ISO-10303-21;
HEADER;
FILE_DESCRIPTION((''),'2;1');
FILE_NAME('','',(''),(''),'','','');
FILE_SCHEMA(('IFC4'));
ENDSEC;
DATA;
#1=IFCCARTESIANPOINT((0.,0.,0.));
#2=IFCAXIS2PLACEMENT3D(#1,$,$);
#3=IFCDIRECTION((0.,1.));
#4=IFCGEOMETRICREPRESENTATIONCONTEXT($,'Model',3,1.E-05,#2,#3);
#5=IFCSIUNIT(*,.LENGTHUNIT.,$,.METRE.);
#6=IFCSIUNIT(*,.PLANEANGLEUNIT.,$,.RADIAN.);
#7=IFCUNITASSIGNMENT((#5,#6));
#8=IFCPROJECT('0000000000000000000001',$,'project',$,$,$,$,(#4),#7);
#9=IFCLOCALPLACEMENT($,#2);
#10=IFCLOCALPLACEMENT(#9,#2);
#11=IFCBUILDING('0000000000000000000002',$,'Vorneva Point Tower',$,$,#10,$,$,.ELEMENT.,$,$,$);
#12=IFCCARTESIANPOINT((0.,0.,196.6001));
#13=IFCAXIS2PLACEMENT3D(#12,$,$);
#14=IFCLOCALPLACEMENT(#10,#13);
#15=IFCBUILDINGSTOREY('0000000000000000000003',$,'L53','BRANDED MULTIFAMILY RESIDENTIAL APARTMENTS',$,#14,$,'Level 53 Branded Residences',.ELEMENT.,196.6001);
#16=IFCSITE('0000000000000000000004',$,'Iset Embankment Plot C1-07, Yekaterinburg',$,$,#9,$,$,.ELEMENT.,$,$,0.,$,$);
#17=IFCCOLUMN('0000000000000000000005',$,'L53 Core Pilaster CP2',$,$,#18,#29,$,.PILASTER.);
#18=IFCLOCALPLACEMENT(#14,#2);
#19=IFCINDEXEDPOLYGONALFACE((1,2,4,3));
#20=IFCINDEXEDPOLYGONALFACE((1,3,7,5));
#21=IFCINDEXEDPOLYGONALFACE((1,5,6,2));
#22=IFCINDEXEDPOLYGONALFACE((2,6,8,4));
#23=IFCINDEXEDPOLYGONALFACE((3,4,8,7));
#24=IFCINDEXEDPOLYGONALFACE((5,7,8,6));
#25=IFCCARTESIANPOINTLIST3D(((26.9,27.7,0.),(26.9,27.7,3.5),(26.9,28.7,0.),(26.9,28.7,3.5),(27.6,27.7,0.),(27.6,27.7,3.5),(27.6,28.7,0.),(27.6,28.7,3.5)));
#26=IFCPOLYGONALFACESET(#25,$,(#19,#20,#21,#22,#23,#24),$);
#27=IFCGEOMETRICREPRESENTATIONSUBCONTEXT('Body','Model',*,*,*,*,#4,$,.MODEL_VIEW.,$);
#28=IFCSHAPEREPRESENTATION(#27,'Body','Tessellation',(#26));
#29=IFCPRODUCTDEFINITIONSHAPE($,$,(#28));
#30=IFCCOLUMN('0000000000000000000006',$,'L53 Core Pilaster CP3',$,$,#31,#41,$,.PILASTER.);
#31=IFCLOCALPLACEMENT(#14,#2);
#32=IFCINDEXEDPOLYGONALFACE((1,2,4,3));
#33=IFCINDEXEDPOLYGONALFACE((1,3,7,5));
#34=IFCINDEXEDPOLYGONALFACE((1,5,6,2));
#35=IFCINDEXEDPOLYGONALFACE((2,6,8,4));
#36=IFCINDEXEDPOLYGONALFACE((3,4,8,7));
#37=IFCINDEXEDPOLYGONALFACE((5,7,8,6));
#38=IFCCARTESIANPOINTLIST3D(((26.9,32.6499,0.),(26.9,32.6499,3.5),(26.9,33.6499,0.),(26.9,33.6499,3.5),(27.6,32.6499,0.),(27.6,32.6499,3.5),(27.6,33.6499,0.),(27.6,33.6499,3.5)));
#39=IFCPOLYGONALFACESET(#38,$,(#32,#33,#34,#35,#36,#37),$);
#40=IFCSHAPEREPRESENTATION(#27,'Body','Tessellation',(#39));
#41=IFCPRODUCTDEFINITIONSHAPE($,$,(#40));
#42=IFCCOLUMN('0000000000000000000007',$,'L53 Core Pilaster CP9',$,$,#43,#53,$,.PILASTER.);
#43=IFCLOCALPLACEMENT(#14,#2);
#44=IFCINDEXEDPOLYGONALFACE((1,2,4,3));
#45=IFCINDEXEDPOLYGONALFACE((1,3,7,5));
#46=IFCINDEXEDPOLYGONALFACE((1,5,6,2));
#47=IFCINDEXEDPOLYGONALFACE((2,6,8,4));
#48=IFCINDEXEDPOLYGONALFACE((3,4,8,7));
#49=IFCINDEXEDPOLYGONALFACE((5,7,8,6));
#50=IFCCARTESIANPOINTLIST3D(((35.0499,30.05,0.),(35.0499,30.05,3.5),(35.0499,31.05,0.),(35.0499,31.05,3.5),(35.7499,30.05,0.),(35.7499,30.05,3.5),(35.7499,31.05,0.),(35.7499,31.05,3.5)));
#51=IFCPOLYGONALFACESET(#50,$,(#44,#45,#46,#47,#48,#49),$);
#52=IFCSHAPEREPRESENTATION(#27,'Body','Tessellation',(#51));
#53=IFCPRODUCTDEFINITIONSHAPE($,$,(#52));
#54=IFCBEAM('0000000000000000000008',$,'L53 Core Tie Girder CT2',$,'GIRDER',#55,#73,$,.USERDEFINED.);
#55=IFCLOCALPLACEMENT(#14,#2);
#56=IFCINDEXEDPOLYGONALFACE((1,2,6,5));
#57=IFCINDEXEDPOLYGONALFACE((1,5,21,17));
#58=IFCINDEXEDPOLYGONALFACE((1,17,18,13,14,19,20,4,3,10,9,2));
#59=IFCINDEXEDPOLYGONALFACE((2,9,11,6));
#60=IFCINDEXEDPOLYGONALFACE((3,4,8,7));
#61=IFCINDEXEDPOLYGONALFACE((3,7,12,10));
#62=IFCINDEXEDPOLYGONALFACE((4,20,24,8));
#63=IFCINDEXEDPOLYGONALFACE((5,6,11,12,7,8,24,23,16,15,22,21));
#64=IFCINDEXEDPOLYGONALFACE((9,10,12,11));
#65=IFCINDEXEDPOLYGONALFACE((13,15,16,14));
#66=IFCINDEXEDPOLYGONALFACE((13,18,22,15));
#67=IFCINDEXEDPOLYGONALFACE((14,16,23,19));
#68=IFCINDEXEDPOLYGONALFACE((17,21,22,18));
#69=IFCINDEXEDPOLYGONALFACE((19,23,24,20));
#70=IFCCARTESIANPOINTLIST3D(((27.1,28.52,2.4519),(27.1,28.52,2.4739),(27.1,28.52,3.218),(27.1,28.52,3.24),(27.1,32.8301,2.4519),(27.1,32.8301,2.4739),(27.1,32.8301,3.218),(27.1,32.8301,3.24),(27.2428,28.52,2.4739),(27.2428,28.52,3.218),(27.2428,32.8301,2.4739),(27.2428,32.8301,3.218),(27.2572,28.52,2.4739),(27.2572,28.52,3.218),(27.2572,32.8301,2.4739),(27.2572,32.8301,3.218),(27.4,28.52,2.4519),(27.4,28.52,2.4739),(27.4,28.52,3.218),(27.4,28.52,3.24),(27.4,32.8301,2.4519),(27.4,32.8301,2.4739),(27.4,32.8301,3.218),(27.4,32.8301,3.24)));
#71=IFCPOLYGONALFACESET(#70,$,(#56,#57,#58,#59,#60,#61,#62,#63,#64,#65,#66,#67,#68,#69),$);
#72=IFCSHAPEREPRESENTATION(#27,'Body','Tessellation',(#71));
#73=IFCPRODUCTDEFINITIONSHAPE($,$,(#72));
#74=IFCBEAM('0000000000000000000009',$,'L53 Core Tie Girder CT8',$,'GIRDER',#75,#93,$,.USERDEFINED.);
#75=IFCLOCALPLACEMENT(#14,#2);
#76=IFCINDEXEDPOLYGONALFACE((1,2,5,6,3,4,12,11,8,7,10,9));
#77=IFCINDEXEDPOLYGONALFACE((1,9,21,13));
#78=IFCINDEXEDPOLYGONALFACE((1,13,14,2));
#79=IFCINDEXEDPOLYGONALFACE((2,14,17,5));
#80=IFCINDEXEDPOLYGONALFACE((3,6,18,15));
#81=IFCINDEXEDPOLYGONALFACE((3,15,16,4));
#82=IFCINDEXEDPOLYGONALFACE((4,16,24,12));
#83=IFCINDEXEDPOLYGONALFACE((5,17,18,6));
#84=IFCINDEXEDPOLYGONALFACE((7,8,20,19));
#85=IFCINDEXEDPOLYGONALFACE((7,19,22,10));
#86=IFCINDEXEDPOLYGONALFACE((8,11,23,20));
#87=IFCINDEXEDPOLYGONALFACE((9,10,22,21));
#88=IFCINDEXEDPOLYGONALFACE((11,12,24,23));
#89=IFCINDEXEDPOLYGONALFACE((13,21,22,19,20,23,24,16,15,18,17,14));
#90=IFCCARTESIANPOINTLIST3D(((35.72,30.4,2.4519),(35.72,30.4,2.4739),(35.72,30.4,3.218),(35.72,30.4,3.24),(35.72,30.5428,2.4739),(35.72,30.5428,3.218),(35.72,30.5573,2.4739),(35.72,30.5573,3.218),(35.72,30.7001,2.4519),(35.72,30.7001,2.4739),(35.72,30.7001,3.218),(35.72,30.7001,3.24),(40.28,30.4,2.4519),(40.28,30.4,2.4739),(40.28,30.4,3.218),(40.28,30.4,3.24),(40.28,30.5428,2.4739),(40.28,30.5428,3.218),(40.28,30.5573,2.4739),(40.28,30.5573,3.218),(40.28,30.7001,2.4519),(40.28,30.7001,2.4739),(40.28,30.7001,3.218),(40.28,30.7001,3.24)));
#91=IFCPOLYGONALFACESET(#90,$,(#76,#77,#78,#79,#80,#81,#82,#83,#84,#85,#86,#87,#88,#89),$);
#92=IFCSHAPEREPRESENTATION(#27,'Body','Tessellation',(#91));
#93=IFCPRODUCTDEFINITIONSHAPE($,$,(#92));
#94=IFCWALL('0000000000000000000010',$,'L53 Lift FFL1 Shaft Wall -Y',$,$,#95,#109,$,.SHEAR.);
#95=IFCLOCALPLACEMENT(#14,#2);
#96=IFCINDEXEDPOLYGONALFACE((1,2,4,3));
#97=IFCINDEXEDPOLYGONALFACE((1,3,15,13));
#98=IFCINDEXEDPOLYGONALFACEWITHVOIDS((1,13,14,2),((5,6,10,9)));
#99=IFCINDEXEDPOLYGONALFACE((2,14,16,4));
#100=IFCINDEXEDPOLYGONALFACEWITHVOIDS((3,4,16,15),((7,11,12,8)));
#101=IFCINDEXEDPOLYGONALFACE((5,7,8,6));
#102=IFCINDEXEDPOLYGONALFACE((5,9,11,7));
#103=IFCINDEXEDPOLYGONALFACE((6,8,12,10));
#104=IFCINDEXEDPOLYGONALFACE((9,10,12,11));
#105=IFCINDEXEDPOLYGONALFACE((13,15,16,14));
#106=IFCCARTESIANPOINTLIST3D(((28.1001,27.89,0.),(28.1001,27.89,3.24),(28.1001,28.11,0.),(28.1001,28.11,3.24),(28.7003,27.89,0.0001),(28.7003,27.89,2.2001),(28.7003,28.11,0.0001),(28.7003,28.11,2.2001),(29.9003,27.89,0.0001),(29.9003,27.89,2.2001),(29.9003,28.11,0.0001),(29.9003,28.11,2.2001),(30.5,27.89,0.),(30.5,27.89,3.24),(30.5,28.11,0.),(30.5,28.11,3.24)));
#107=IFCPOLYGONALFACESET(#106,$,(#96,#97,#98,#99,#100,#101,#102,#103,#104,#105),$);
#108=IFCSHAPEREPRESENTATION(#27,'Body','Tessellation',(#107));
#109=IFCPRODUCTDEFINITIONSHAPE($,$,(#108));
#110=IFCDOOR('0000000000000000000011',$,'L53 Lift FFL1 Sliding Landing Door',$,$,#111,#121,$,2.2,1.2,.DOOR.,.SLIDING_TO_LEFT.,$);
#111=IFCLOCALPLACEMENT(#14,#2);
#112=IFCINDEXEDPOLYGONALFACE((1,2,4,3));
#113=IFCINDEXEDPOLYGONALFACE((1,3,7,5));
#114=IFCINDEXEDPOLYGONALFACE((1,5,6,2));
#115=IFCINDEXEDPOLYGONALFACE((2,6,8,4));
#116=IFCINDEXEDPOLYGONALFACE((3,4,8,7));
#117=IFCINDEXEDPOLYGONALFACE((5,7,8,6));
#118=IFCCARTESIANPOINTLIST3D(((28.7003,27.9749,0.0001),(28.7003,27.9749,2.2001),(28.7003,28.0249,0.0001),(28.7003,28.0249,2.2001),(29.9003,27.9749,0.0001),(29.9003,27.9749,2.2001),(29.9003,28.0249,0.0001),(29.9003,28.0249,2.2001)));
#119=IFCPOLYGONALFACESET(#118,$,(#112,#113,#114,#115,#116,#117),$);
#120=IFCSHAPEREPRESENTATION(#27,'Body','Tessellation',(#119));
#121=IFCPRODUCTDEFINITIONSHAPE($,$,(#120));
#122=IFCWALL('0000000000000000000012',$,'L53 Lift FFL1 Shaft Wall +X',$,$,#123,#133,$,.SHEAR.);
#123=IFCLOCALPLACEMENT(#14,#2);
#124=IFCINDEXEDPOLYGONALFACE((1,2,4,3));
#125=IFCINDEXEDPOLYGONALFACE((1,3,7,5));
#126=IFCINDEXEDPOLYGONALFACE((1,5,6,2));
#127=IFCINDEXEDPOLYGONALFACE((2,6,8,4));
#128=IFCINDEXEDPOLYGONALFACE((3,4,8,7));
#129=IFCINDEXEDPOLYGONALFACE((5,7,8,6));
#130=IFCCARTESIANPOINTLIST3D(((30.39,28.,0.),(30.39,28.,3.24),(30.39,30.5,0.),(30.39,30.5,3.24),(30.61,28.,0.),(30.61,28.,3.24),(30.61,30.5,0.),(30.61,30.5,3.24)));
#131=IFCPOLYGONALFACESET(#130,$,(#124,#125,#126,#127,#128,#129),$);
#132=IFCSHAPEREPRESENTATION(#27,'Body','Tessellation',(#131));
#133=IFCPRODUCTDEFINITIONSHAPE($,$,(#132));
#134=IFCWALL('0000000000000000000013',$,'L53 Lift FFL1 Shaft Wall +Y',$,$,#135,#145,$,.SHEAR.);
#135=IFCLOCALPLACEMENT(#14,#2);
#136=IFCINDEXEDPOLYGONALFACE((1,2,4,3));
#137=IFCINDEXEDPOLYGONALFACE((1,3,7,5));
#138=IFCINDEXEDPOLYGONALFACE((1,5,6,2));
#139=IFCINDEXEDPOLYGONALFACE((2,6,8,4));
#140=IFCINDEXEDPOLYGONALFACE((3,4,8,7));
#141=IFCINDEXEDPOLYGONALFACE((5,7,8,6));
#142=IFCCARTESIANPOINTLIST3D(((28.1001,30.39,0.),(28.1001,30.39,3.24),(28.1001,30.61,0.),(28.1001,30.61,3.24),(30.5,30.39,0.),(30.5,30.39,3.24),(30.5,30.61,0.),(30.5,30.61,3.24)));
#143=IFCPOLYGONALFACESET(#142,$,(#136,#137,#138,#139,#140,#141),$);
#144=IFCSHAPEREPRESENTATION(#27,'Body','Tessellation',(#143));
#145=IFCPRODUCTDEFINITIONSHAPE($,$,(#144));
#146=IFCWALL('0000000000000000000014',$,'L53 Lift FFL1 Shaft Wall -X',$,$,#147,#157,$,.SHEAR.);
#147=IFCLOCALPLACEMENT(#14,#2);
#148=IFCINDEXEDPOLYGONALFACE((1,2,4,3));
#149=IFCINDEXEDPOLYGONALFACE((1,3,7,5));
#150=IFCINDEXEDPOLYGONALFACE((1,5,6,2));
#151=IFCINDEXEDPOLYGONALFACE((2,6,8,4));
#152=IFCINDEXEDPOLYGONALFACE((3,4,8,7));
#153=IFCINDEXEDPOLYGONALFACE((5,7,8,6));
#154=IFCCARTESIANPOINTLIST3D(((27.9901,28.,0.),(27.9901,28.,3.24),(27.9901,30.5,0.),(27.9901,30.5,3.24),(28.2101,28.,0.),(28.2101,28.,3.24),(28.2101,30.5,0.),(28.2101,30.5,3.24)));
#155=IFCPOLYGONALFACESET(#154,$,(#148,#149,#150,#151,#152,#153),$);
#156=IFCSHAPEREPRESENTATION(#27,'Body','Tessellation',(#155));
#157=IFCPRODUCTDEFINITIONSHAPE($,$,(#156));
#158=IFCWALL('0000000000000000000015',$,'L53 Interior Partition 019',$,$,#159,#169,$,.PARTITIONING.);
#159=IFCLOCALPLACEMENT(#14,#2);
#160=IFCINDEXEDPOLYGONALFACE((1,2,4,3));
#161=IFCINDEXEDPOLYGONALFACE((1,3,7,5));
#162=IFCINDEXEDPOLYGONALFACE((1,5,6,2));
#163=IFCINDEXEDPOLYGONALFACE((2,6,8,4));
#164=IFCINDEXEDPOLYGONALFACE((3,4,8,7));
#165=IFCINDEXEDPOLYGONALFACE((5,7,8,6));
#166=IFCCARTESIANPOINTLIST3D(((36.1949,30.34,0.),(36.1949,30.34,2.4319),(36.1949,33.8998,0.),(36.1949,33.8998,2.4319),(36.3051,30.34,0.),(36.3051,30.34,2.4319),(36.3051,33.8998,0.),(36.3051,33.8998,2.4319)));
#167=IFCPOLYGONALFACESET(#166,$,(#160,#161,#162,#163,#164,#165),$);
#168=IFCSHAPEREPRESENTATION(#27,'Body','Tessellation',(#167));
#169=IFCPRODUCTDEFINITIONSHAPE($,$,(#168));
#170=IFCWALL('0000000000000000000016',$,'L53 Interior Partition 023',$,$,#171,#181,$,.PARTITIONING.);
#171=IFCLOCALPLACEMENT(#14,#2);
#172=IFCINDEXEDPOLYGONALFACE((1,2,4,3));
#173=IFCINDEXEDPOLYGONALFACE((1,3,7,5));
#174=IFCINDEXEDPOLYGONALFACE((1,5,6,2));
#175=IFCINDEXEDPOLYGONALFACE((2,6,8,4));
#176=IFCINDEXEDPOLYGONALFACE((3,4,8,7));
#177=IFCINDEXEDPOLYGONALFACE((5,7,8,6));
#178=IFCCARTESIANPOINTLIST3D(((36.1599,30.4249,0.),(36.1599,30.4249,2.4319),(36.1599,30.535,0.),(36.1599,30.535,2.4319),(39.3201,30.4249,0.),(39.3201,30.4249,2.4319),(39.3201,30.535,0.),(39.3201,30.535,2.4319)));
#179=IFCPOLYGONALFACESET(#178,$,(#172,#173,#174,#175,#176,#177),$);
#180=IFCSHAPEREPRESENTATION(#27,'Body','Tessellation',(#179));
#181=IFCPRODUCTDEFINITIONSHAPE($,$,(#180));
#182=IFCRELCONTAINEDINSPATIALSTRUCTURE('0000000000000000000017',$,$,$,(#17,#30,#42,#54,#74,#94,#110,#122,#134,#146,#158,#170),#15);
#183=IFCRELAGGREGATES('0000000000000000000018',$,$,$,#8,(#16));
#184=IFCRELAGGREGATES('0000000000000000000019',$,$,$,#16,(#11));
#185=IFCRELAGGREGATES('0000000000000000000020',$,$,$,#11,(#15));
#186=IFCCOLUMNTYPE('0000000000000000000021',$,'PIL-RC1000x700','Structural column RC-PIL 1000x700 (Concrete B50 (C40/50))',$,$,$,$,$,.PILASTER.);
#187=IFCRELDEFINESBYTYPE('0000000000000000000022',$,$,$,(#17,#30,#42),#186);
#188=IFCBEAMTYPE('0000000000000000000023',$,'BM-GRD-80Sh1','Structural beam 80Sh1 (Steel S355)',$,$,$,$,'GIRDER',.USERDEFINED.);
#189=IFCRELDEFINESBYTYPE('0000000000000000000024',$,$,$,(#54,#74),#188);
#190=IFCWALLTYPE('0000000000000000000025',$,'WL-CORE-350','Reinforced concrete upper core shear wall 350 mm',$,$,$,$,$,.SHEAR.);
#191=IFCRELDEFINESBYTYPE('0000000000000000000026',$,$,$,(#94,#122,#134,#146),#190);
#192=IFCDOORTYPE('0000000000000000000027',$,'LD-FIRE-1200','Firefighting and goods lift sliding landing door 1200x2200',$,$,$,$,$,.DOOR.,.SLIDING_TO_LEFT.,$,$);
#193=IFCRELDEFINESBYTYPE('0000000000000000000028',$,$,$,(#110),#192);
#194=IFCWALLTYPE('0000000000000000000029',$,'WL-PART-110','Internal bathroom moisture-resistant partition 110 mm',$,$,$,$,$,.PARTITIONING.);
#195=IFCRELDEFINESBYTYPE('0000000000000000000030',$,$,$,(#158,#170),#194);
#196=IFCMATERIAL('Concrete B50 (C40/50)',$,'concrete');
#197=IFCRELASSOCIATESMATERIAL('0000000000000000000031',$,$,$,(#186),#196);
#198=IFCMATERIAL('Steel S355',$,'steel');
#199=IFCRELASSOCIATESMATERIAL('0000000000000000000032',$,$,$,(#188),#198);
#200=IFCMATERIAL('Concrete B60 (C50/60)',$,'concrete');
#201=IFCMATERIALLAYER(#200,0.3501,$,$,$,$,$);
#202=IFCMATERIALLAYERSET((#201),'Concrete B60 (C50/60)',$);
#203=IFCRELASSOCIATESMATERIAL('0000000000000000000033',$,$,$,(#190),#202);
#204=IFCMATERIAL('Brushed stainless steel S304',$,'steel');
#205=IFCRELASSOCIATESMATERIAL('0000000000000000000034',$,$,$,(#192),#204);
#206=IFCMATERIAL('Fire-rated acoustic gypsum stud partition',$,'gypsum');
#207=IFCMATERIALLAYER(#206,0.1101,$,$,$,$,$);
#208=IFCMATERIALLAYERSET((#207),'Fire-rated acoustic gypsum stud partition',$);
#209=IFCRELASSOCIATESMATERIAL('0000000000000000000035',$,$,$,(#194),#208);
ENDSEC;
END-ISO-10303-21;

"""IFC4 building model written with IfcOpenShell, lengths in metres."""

from ifc_helpers import new_model, si_unit, direction, frame, frame_2d, origin, origin_2d, place, context, subcontext, project, spatial, rectangle, i_section, extrude, material, layer, layer_set, material_profile, profile_set, type_object, element, fill, save


model = new_model("IFC4")

# Units and contexts
model_context = context("Model", 3, precision=1e-05, world=origin(), true_north=direction((0.0, 1.0)))
body_context = subcontext(model_context, "Body", "Model", "MODEL_VIEW")
ifc_project = project(units=[si_unit("LENGTHUNIT", "METRE"), si_unit("PLANEANGLEUNIT", "RADIAN")], contexts=[model_context])

# Site, building, storey
site_placement = place(None, origin())
site = spatial("IfcSite", under=ifc_project, at=site_placement, Name="Iset Embankment Plot C1-07, Yekaterinburg", CompositionType="ELEMENT", RefElevation=0.0)
building_placement = place(site_placement, origin())
building = spatial("IfcBuilding", under=site, at=building_placement, Name="Vorneva Point Tower", CompositionType="ELEMENT")
storey_placement = place(building_placement, frame((0.0, 0.0, 196.6001)))
storey = spatial("IfcBuildingStorey", under=building, at=storey_placement, Name="L53", Description="BRANDED MULTIFAMILY RESIDENTIAL APARTMENTS", LongName="Level 53 Branded Residences", CompositionType="ELEMENT", Elevation=196.6001)

# Columns
ifc_material_1 = material(Name="Concrete B50 (C40/50)", Category="concrete")
ifc_material_profile_1 = material_profile(ifc_material_1, rectangle(XDim=0.7, YDim=1.0, at=origin_2d()), Name="RC-PIL 1000x700")
ifc_profile_set_1 = profile_set([ifc_material_profile_1], Name="Concrete B50 (C40/50)")
column_type = type_object("IfcColumnType", Name="PIL-RC1000x700", Description="Structural column RC-PIL 1000x700 (Concrete B50 (C40/50))", PredefinedType="PILASTER", material=ifc_profile_set_1)
for number, where, z_axis, x_axis, name in (
    (1, (27.25, 28.2, 0.0), (0.0, 0.0, 1.0), (1.0, 0.0, 0.0), "L53 Core Pilaster CP2"),
    (2, (27.25, 33.1499, 0.0), (0.0, 0.0, 1.0), (1.0, 0.0, 0.0), "L53 Core Pilaster CP3"),
    (3, (35.3999, 30.55, 0.0), (0.0, 0.0, 1.0), (1.0, 0.0, 0.0), "L53 Core Pilaster CP9"),
):
    element("IfcColumn", number, at=place(storey_placement, frame(where, z_axis=z_axis, x_axis=x_axis)), inside=storey, type_object=column_type, Name=name, PredefinedType="PILASTER", context=body_context, shape_type="SweptSolid", body=[
        extrude(rectangle(XDim=0.7, YDim=1.0, at=origin_2d()), origin(), (0.0, 0.0, 1.0), 3.5),
    ])

# Beams
ifc_material_2 = material(Name="Steel S355", Category="steel")
ifc_material_profile_2 = material_profile(ifc_material_2, i_section(OverallWidth=0.3, OverallDepth=0.7881, WebThickness=0.0144, FlangeThickness=0.022, at=origin_2d()), Name="80Sh1")
ifc_profile_set_2 = profile_set([ifc_material_profile_2], Name="Steel S355")
beam_type = type_object("IfcBeamType", Name="BM-GRD-80Sh1", Description="Structural beam 80Sh1 (Steel S355)", ElementType="GIRDER", PredefinedType="USERDEFINED", material=ifc_profile_set_2)
beam_1_placement = place(storey_placement, frame((27.25, 28.52, 2.8459), z_axis=(0.0, 1.0, 0.0), x_axis=(-1.0, 0.0, 0.0)))
element("IfcBeam", 4, at=beam_1_placement, inside=storey, type_object=beam_type, Name="L53 Core Tie Girder CT2", ObjectType="GIRDER", PredefinedType="USERDEFINED", context=body_context, shape_type="SweptSolid", body=[
    extrude(i_section(OverallWidth=0.3, OverallDepth=0.7881, WebThickness=0.0144, FlangeThickness=0.022, at=origin_2d()), origin(), (0.0, 0.0, 1.0), 4.3101),
])
beam_2_placement = place(storey_placement, frame((35.72, 30.55, 2.8459), z_axis=(1.0, 0.0, 0.0), x_axis=(0.0, 1.0, 0.0)))
element("IfcBeam", 5, at=beam_2_placement, inside=storey, type_object=beam_type, Name="L53 Core Tie Girder CT8", ObjectType="GIRDER", PredefinedType="USERDEFINED", context=body_context, shape_type="SweptSolid", body=[
    extrude(i_section(OverallWidth=0.3, OverallDepth=0.7881, WebThickness=0.0144, FlangeThickness=0.022, at=origin_2d()), origin(), (0.0, 0.0, 1.0), 4.5601),
])

# Wall, opening, door
ifc_material_3 = material(Name="Concrete B60 (C50/60)", Category="concrete")
ifc_layer_1 = layer(ifc_material_3, 0.3501)
ifc_layer_set_1 = layer_set([ifc_layer_1], Name="Concrete B60 (C50/60)")
wall_type_1 = type_object("IfcWallType", Name="WL-CORE-350", Description="Reinforced concrete upper core shear wall 350 mm", PredefinedType="SHEAR", material=ifc_layer_set_1)
wall_1_placement = place(storey_placement, frame((28.1001, 28.0, 0.0), z_axis=(0.0, 0.0, 1.0), x_axis=(1.0, 0.0, 0.0)))
wall_1 = element("IfcWall", 6, at=wall_1_placement, inside=storey, type_object=wall_type_1, Name="L53 Lift FFL1 Shaft Wall -Y", PredefinedType="SHEAR", context=body_context, shape_type="SweptSolid", body=[
    extrude(rectangle(XDim=2.3999, YDim=0.22, at=frame_2d((1.2, 0.0))), origin(), (0.0, 0.0, 1.0), 3.24),
])
opening_1_placement = place(wall_1_placement, frame((0.6001, 0.0, 0.0)))
opening_1 = element("IfcOpeningElement", 7, at=opening_1_placement, cuts=wall_1, PredefinedType="OPENING", context=body_context, shape_type="SweptSolid", body=[
    extrude(rectangle(XDim=1.2, YDim=2.2, at=frame_2d((0.6001, 1.1001))), frame((0.0, 0.125, 0.0), z_axis=(0.0, -1.0, 0.0), x_axis=(1.0, 0.0, 0.0)), (0.0, 0.0, 1.0), 0.2498),
])
ifc_material_4 = material(Name="Brushed stainless steel S304", Category="steel")
door_type_1 = type_object("IfcDoorType", Name="LD-FIRE-1200", Description="Firefighting and goods lift sliding landing door 1200x2200", OperationType="SLIDING_TO_LEFT", PredefinedType="DOOR", material=ifc_material_4)
door_1_placement = place(opening_1_placement, origin())
door_1 = element("IfcDoor", 8, at=door_1_placement, inside=storey, type_object=door_type_1, Name="L53 Lift FFL1 Sliding Landing Door", OperationType="SLIDING_TO_LEFT", OverallHeight=2.2, OverallWidth=1.2, PredefinedType="DOOR", context=body_context, shape_type="SweptSolid", body=[
    extrude(rectangle(XDim=1.2, YDim=2.2, at=frame_2d((0.6001, 1.1001))), frame((0.0, 0.0249, 0.0), z_axis=(0.0, -1.0, 0.0), x_axis=(1.0, 0.0, 0.0)), (0.0, 0.0, 1.0), 0.05),
])
fill(opening_1, door_1)

# Walls
wall_2_placement = place(storey_placement, frame((30.5, 28.0, 0.0), z_axis=(0.0, 0.0, 1.0), x_axis=(0.0, 1.0, 0.0)))
element("IfcWall", 9, at=wall_2_placement, inside=storey, type_object=wall_type_1, Name="L53 Lift FFL1 Shaft Wall +X", PredefinedType="SHEAR", context=body_context, shape_type="SweptSolid", body=[
    extrude(rectangle(XDim=2.5, YDim=0.22, at=frame_2d((1.25, 0.0))), origin(), (0.0, 0.0, 1.0), 3.24),
])
wall_3_placement = place(storey_placement, frame((30.5, 30.5, 0.0), z_axis=(0.0, 0.0, 1.0), x_axis=(-1.0, 0.0, 0.0)))
element("IfcWall", 10, at=wall_3_placement, inside=storey, type_object=wall_type_1, Name="L53 Lift FFL1 Shaft Wall +Y", PredefinedType="SHEAR", context=body_context, shape_type="SweptSolid", body=[
    extrude(rectangle(XDim=2.3999, YDim=0.22, at=frame_2d((1.2, 0.0))), origin(), (0.0, 0.0, 1.0), 3.24),
])
wall_4_placement = place(storey_placement, frame((28.1001, 30.5, 0.0), z_axis=(0.0, 0.0, 1.0), x_axis=(0.0, -1.0, 0.0)))
element("IfcWall", 11, at=wall_4_placement, inside=storey, type_object=wall_type_1, Name="L53 Lift FFL1 Shaft Wall -X", PredefinedType="SHEAR", context=body_context, shape_type="SweptSolid", body=[
    extrude(rectangle(XDim=2.5, YDim=0.22, at=frame_2d((1.25, 0.0))), origin(), (0.0, 0.0, 1.0), 3.24),
])
ifc_material_5 = material(Name="Fire-rated acoustic gypsum stud partition", Category="gypsum")
ifc_layer_2 = layer(ifc_material_5, 0.1101)
ifc_layer_set_2 = layer_set([ifc_layer_2], Name="Fire-rated acoustic gypsum stud partition")
wall_type_2 = type_object("IfcWallType", Name="WL-PART-110", Description="Internal bathroom moisture-resistant partition 110 mm", PredefinedType="PARTITIONING", material=ifc_layer_set_2)
wall_5_placement = place(storey_placement, frame((36.25, 30.3401, 0.0), z_axis=(0.0, 0.0, 1.0), x_axis=(0.0, 1.0, 0.0)))
element("IfcWall", 12, at=wall_5_placement, inside=storey, type_object=wall_type_2, Name="L53 Interior Partition 019", PredefinedType="PARTITIONING", context=body_context, shape_type="SweptSolid", body=[
    extrude(rectangle(XDim=3.5598, YDim=0.1101, at=frame_2d((1.7798, 0.0))), origin(), (0.0, 0.0, 1.0), 2.4319),
])
wall_6_placement = place(storey_placement, frame((36.1599, 30.48, 0.0), z_axis=(0.0, 0.0, 1.0), x_axis=(1.0, 0.0, 0.0)))
element("IfcWall", 13, at=wall_6_placement, inside=storey, type_object=wall_type_2, Name="L53 Interior Partition 023", PredefinedType="PARTITIONING", context=body_context, shape_type="SweptSolid", body=[
    extrude(rectangle(XDim=3.1602, YDim=0.1101, at=frame_2d((1.5801, 0.0))), origin(), (0.0, 0.0, 1.0), 2.4319),
])

save(model, "model.ifc")
